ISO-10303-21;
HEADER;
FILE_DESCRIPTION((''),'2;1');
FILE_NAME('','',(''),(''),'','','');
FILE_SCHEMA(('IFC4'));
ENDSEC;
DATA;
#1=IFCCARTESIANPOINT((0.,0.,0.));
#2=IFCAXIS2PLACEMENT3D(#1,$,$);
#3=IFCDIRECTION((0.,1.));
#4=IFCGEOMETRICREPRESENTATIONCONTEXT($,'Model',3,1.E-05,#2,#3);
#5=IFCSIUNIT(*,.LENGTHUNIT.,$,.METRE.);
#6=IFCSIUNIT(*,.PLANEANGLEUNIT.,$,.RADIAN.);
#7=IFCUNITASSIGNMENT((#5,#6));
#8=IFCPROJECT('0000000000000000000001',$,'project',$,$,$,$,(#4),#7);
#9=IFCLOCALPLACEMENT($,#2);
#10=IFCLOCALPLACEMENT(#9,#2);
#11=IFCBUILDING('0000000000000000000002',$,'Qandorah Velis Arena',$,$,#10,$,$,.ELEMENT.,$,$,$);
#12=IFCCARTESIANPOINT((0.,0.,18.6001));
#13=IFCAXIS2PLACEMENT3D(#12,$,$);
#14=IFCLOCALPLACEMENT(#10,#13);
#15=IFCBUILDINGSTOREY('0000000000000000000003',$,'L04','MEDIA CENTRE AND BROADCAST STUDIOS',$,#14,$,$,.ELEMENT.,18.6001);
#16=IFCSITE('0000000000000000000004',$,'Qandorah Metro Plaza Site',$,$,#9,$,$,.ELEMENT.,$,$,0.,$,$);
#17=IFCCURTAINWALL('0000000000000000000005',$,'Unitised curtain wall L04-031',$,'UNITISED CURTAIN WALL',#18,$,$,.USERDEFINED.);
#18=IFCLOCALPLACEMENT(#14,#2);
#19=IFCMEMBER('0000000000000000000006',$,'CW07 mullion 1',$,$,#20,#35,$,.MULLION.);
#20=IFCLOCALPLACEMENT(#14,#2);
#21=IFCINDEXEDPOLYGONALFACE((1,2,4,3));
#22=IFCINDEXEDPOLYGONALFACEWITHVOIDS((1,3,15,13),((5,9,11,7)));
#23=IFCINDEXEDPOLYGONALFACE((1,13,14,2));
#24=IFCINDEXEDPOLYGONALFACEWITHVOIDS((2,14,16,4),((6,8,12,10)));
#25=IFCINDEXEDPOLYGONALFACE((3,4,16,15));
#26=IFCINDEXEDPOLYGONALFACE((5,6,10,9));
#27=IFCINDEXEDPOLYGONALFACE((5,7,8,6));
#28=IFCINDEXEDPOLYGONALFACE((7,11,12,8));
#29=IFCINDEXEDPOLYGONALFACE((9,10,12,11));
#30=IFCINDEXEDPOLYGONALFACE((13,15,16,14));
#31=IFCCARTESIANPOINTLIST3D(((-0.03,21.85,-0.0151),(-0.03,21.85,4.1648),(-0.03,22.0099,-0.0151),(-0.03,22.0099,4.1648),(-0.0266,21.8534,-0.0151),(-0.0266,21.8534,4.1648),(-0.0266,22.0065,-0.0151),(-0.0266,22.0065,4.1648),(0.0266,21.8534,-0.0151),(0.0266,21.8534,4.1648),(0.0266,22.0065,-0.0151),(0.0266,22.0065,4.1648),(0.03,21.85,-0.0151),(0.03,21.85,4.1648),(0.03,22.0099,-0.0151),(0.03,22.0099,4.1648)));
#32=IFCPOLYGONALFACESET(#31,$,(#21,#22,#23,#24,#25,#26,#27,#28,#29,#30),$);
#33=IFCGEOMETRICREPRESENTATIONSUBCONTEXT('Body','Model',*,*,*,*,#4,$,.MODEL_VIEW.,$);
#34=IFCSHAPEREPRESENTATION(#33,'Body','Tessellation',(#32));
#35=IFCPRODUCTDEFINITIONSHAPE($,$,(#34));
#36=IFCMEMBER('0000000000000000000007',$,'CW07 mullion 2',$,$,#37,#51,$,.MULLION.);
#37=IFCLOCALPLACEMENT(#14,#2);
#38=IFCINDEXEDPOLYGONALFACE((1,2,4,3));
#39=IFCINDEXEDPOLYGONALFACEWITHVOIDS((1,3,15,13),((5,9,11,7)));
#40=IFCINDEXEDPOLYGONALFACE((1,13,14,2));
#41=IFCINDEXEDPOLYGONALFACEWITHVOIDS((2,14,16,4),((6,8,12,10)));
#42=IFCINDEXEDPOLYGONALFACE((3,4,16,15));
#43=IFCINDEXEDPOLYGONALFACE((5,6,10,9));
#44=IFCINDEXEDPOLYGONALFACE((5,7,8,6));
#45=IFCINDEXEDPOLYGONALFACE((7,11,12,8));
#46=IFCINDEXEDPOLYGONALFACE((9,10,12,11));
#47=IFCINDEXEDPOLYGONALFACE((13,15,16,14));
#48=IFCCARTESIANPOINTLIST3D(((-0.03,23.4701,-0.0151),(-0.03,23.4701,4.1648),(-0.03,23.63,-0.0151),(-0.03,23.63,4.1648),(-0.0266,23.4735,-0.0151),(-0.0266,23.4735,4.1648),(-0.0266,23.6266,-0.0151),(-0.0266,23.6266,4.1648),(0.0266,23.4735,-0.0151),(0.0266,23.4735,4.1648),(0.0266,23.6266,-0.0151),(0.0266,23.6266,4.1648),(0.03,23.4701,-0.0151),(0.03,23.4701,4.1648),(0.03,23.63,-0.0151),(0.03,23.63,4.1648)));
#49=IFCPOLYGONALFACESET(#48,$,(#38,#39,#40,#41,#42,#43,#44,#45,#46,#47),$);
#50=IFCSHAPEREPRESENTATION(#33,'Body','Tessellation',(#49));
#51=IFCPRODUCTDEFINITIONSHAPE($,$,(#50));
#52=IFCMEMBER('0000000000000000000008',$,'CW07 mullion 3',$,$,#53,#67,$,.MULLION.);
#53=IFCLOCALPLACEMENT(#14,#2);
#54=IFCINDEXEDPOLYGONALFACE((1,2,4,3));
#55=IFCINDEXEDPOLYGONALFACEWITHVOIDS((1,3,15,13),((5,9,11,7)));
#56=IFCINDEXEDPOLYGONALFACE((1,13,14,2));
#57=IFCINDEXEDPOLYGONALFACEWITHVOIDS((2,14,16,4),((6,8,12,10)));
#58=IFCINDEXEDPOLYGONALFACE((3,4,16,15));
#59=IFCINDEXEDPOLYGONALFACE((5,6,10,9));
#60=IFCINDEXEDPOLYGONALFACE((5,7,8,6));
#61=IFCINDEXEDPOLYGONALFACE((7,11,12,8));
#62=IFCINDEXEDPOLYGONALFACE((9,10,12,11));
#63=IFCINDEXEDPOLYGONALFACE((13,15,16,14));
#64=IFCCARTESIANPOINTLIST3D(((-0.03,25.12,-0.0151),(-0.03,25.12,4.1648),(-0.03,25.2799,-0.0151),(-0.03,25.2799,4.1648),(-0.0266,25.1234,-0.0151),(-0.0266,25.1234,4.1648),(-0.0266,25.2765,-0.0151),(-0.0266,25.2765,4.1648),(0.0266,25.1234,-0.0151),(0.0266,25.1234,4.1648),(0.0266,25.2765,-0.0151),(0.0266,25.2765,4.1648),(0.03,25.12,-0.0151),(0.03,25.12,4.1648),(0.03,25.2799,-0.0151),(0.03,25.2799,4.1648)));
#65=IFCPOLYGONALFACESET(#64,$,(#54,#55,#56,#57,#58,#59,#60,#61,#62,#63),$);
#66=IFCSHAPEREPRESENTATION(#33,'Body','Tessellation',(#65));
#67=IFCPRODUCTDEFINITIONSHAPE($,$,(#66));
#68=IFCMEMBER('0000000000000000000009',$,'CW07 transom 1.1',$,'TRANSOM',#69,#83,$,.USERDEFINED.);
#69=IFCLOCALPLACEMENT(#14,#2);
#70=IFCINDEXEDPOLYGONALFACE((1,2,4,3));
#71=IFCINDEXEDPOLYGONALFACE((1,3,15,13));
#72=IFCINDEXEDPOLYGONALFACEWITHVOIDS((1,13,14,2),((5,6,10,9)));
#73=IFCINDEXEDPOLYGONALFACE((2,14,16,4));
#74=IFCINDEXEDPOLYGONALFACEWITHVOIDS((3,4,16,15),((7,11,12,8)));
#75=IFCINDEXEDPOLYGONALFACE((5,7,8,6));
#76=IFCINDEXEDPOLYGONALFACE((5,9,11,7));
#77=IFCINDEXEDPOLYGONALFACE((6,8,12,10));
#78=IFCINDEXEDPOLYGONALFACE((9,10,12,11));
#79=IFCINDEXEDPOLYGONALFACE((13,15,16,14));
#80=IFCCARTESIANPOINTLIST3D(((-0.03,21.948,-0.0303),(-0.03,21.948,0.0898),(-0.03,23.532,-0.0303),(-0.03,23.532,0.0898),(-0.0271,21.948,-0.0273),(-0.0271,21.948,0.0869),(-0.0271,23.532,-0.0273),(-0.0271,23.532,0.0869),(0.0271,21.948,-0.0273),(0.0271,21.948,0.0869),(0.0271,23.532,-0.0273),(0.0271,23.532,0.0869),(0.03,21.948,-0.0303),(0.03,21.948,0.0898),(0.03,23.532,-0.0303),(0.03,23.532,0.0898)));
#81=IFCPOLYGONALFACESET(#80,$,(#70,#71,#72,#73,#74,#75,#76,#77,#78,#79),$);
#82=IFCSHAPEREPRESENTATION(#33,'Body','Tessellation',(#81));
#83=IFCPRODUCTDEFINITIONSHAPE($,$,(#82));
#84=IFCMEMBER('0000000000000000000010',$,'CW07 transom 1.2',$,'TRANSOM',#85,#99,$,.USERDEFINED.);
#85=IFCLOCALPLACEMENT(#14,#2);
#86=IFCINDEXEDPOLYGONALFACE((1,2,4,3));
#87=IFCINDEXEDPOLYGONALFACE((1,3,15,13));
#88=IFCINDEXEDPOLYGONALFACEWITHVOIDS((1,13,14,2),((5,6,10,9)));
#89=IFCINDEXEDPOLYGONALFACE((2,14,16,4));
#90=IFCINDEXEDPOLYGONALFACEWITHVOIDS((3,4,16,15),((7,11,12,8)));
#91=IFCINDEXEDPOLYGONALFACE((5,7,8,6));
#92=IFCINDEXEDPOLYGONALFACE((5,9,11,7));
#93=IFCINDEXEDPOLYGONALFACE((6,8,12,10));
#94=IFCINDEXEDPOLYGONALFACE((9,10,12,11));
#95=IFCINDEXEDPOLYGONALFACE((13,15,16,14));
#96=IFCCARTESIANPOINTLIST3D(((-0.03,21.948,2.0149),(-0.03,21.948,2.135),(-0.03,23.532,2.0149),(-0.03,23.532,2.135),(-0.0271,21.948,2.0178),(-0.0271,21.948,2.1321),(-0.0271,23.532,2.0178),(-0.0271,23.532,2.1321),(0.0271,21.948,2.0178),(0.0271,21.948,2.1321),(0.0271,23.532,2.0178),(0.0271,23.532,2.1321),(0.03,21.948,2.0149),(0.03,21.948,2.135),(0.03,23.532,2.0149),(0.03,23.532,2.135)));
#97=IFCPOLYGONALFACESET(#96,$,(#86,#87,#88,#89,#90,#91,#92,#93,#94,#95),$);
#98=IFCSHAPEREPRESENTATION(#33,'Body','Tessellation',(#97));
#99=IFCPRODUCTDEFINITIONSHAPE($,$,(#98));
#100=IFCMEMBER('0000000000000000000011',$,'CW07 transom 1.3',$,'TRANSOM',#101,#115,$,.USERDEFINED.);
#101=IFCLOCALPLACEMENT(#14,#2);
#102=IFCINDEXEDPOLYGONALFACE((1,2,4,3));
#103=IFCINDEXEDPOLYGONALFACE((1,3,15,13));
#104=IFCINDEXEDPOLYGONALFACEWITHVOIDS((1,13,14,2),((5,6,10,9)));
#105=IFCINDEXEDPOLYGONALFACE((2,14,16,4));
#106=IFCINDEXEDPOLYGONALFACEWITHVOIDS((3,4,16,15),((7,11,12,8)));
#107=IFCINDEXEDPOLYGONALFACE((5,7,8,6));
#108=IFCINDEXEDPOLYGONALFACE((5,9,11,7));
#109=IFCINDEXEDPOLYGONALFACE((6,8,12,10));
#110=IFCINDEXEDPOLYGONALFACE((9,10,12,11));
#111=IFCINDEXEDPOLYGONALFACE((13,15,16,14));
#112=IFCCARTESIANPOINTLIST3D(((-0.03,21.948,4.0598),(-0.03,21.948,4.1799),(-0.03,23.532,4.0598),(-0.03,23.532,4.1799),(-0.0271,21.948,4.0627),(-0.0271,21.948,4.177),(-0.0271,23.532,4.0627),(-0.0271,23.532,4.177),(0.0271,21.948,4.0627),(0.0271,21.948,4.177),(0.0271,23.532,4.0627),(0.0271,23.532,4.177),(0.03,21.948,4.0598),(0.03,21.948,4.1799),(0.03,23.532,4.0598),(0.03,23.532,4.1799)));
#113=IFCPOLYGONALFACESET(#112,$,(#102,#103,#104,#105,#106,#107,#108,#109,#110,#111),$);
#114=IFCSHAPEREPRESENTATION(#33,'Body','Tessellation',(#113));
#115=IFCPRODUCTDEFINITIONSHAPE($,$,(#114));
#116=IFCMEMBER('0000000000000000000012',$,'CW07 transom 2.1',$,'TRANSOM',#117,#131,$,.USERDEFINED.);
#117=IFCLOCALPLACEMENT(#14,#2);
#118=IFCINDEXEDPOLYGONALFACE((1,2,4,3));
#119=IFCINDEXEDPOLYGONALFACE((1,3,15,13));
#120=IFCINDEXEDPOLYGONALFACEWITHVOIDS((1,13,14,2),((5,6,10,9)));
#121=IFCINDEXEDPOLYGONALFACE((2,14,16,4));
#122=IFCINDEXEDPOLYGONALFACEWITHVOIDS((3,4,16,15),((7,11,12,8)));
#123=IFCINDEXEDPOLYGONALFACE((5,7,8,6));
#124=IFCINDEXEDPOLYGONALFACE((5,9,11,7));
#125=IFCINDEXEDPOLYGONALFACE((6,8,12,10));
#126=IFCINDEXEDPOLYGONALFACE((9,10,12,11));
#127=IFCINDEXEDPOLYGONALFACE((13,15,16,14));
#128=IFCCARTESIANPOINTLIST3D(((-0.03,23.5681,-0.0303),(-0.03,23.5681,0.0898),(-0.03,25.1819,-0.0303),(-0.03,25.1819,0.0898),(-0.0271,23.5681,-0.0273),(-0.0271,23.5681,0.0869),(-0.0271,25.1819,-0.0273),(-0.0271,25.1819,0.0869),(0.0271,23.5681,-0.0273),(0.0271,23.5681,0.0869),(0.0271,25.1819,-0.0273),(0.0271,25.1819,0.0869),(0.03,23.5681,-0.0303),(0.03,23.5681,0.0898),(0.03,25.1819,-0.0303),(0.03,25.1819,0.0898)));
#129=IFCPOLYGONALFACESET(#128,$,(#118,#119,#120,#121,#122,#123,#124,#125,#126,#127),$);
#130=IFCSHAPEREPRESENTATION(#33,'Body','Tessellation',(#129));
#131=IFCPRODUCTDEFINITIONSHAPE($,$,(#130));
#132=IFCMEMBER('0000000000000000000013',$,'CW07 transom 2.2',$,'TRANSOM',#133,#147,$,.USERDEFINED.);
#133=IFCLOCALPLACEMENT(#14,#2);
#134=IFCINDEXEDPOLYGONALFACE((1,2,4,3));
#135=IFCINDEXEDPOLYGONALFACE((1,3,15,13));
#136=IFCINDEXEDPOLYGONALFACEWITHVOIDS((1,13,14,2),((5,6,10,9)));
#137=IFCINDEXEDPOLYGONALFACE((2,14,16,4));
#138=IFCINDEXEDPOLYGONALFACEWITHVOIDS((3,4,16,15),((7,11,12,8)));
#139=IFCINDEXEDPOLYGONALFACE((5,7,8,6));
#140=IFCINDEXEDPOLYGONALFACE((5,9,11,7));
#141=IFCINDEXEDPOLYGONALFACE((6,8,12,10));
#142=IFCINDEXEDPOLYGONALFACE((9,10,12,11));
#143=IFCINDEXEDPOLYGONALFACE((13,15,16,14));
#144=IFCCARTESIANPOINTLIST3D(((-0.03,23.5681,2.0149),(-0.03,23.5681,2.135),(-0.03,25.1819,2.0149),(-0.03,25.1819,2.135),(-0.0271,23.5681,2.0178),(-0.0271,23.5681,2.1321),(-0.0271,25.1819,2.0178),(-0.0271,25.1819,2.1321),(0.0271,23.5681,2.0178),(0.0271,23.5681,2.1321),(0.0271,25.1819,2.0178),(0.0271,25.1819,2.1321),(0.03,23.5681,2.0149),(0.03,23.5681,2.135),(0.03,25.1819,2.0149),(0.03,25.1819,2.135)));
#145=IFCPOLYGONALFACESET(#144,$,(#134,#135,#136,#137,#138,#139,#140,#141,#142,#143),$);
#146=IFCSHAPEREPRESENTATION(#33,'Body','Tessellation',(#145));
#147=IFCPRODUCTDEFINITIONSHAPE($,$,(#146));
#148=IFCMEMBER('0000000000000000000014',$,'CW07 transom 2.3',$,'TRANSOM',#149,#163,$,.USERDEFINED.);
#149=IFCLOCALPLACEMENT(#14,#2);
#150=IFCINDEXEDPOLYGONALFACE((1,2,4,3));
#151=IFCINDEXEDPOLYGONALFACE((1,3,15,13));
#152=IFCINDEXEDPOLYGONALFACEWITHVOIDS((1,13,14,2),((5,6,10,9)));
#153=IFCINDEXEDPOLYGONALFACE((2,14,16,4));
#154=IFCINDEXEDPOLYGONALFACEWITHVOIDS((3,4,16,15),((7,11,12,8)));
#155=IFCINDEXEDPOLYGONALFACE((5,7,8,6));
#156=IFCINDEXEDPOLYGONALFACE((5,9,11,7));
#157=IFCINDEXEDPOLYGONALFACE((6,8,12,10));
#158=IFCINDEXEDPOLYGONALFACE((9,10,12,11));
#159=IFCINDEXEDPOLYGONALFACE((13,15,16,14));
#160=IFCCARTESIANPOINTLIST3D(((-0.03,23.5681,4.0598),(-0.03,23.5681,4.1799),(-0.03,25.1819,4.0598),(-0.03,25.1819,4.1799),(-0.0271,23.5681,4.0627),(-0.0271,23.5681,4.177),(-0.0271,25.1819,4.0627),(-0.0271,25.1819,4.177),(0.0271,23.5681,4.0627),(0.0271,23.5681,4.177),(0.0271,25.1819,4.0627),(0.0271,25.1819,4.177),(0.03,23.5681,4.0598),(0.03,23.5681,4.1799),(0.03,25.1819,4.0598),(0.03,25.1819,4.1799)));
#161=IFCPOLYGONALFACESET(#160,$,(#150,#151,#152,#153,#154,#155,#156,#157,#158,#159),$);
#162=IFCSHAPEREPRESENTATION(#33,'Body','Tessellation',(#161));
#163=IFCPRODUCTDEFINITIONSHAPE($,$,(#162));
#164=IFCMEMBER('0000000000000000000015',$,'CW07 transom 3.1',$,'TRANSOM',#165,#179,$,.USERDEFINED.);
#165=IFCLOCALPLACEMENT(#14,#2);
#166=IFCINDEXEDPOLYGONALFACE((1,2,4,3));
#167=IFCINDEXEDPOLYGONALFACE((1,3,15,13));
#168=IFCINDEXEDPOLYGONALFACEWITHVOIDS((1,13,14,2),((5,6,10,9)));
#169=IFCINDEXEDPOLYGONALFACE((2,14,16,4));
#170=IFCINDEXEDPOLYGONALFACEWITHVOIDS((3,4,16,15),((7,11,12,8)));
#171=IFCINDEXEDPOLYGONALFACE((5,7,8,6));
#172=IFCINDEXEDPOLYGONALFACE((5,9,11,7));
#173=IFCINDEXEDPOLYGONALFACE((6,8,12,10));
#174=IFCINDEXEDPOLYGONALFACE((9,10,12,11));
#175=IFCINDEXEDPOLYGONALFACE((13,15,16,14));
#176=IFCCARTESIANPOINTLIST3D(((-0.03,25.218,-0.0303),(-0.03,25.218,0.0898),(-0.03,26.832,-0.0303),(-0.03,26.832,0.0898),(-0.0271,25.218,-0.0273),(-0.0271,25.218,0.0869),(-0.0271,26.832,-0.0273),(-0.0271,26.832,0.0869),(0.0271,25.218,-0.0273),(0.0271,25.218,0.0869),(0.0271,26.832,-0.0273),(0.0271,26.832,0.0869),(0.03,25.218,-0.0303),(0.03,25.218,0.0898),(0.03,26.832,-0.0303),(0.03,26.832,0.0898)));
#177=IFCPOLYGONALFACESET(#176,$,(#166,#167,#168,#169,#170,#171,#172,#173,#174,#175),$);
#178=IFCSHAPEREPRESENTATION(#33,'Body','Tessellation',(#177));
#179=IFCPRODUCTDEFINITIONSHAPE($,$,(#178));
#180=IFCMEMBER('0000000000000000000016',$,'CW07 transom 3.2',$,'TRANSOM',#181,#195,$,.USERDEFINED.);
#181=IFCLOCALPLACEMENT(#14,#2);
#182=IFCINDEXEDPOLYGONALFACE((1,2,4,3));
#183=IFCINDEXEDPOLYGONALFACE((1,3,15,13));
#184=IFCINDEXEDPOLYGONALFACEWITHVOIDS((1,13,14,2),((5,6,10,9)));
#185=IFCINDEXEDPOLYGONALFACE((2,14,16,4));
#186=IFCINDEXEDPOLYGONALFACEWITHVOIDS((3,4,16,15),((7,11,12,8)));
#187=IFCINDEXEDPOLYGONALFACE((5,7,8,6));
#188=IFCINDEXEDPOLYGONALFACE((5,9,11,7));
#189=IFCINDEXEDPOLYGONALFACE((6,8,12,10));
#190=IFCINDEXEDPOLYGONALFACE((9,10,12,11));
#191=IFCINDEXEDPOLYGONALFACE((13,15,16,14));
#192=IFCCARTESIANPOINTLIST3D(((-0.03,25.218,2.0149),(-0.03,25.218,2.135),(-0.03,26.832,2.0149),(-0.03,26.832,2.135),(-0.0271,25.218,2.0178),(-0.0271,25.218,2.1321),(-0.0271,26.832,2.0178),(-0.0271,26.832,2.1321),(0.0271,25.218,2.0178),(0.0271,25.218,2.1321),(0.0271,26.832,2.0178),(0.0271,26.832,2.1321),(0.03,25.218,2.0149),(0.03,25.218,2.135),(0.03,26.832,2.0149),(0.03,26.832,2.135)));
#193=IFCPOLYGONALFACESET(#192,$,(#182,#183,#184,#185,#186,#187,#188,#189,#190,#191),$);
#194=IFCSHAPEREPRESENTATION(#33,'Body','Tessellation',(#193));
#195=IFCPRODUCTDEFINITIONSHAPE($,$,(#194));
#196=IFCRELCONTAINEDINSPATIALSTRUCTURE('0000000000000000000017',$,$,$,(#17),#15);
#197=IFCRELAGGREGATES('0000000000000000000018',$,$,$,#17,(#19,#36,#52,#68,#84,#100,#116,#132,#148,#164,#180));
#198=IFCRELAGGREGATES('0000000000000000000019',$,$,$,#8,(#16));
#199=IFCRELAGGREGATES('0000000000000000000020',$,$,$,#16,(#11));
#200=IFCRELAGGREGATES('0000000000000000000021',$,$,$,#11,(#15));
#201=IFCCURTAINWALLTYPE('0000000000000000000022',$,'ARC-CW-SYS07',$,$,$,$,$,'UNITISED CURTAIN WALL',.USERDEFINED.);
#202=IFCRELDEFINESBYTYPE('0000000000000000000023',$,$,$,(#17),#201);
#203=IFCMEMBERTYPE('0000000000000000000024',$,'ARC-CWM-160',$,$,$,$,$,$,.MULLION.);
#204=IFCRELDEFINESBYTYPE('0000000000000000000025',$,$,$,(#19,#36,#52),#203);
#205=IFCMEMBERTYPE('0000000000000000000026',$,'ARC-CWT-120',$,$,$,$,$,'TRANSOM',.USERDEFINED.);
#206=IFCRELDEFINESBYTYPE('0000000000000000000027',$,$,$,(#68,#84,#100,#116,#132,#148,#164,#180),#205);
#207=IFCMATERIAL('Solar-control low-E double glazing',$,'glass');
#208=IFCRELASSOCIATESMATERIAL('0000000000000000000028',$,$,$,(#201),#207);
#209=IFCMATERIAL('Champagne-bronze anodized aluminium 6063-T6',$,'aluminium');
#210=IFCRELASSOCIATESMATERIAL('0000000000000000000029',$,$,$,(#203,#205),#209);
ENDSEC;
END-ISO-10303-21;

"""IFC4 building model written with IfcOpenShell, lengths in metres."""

from ifc_helpers import new_model, si_unit, direction, frame, origin, origin_2d, place, context, subcontext, project, spatial, hollow_rectangle, extrude, material, material_profile, profile_set, type_object, element, aggregate, save


model = new_model("IFC4")

# Units and contexts
model_context = context("Model", 3, precision=1e-05, world=origin(), true_north=direction((0.0, 1.0)))
body_context = subcontext(model_context, "Body", "Model", "MODEL_VIEW")
ifc_project = project(units=[si_unit("LENGTHUNIT", "METRE"), si_unit("PLANEANGLEUNIT", "RADIAN")], contexts=[model_context])

# Site, building, storey
site_placement = place(None, origin())
site = spatial("IfcSite", under=ifc_project, at=site_placement, Name="Qandorah Metro Plaza Site", CompositionType="ELEMENT", RefElevation=0.0)
building_placement = place(site_placement, origin())
building = spatial("IfcBuilding", under=site, at=building_placement, Name="Qandorah Velis Arena", CompositionType="ELEMENT")
storey_placement = place(building_placement, frame((0.0, 0.0, 18.6001)))
storey = spatial("IfcBuildingStorey", under=building, at=storey_placement, Name="L04", Description="MEDIA CENTRE AND BROADCAST STUDIOS", CompositionType="ELEMENT", Elevation=18.6001)

# Curtain wall, members
ifc_material_1 = material(Name="Solar-control low-E double glazing", Category="glass")
curtain_wall_type = type_object("IfcCurtainWallType", Name="ARC-CW-SYS07", ElementType="UNITISED CURTAIN WALL", PredefinedType="USERDEFINED", material=ifc_material_1)
curtain_wall_placement = place(storey_placement, origin())
curtain_wall = element("IfcCurtainWall", 1, at=curtain_wall_placement, inside=storey, type_object=curtain_wall_type, Name="Unitised curtain wall L04-031", ObjectType="UNITISED CURTAIN WALL", PredefinedType="USERDEFINED")
ifc_material_2 = material(Name="Champagne-bronze anodized aluminium 6063-T6", Category="aluminium")
ifc_material_profile_1 = material_profile(ifc_material_2, hollow_rectangle(XDim=0.0601, YDim=0.1599, WallThickness=0.0034, at=origin_2d()), Name="ALU MULLION 60x160")
ifc_profile_set_1 = profile_set([ifc_material_profile_1], Name="Champagne-bronze anodized aluminium 6063-T6")
member_type_1 = type_object("IfcMemberType", Name="ARC-CWM-160", PredefinedType="MULLION", material=ifc_profile_set_1)
member_1_placement = place(storey_placement, frame((0.0, 21.9299, -0.0151), z_axis=(0.0, 0.0, 1.0), x_axis=(-1.0, 0.0, 0.0)))
member_1 = element("IfcMember", 2, at=member_1_placement, type_object=member_type_1, Name="CW07 mullion 1", PredefinedType="MULLION", context=body_context, shape_type="SweptSolid", body=[
    extrude(hollow_rectangle(XDim=0.0601, YDim=0.1599, WallThickness=0.0034, at=origin_2d()), origin(), (0.0, 0.0, 1.0), 4.1799),
])
member_2_placement = place(storey_placement, frame((0.0, 23.55, -0.0151), z_axis=(0.0, 0.0, 1.0), x_axis=(-1.0, 0.0, 0.0)))
member_2 = element("IfcMember", 3, at=member_2_placement, type_object=member_type_1, Name="CW07 mullion 2", PredefinedType="MULLION", context=body_context, shape_type="SweptSolid", body=[
    extrude(hollow_rectangle(XDim=0.0601, YDim=0.1599, WallThickness=0.0034, at=origin_2d()), origin(), (0.0, 0.0, 1.0), 4.1799),
])
member_3_placement = place(storey_placement, frame((0.0, 25.2, -0.0151), z_axis=(0.0, 0.0, 1.0), x_axis=(-1.0, 0.0, 0.0)))
member_3 = element("IfcMember", 4, at=member_3_placement, type_object=member_type_1, Name="CW07 mullion 3", PredefinedType="MULLION", context=body_context, shape_type="SweptSolid", body=[
    extrude(hollow_rectangle(XDim=0.0601, YDim=0.1599, WallThickness=0.0034, at=origin_2d()), origin(), (0.0, 0.0, 1.0), 4.1799),
])
ifc_material_profile_2 = material_profile(ifc_material_2, hollow_rectangle(XDim=0.0601, YDim=0.1201, WallThickness=0.0029, at=origin_2d()), Name="ALU TRANSOM 60x120")
ifc_profile_set_2 = profile_set([ifc_material_profile_2], Name="Champagne-bronze anodized aluminium 6063-T6")
member_type_2 = type_object("IfcMemberType", Name="ARC-CWT-120", ElementType="TRANSOM", PredefinedType="USERDEFINED", material=ifc_profile_set_2)
member_4_placement = place(storey_placement, frame((0.0, 21.948, 0.0298), z_axis=(0.0, 1.0, 0.0), x_axis=(-1.0, 0.0, 0.0)))
member_4 = element("IfcMember", 5, at=member_4_placement, type_object=member_type_2, Name="CW07 transom 1.1", ObjectType="TRANSOM", PredefinedType="USERDEFINED", context=body_context, shape_type="SweptSolid", body=[
    extrude(hollow_rectangle(XDim=0.0601, YDim=0.1201, WallThickness=0.0029, at=origin_2d()), origin(), (0.0, 0.0, 1.0), 1.584),
])
member_5_placement = place(storey_placement, frame((0.0, 21.948, 2.075), z_axis=(0.0, 1.0, 0.0), x_axis=(-1.0, 0.0, 0.0)))
member_5 = element("IfcMember", 6, at=member_5_placement, type_object=member_type_2, Name="CW07 transom 1.2", ObjectType="TRANSOM", PredefinedType="USERDEFINED", context=body_context, shape_type="SweptSolid", body=[
    extrude(hollow_rectangle(XDim=0.0601, YDim=0.1201, WallThickness=0.0029, at=origin_2d()), origin(), (0.0, 0.0, 1.0), 1.584),
])
member_6_placement = place(storey_placement, frame((0.0, 21.948, 4.1199), z_axis=(0.0, 1.0, 0.0), x_axis=(-1.0, 0.0, 0.0)))
member_6 = element("IfcMember", 7, at=member_6_placement, type_object=member_type_2, Name="CW07 transom 1.3", ObjectType="TRANSOM", PredefinedType="USERDEFINED", context=body_context, shape_type="SweptSolid", body=[
    extrude(hollow_rectangle(XDim=0.0601, YDim=0.1201, WallThickness=0.0029, at=origin_2d()), origin(), (0.0, 0.0, 1.0), 1.584),
])
member_7_placement = place(storey_placement, frame((0.0, 23.5681, 0.0298), z_axis=(0.0, 1.0, 0.0), x_axis=(-1.0, 0.0, 0.0)))
member_7 = element("IfcMember", 8, at=member_7_placement, type_object=member_type_2, Name="CW07 transom 2.1", ObjectType="TRANSOM", PredefinedType="USERDEFINED", context=body_context, shape_type="SweptSolid", body=[
    extrude(hollow_rectangle(XDim=0.0601, YDim=0.1201, WallThickness=0.0029, at=origin_2d()), origin(), (0.0, 0.0, 1.0), 1.6138),
])
member_8_placement = place(storey_placement, frame((0.0, 23.5681, 2.075), z_axis=(0.0, 1.0, 0.0), x_axis=(-1.0, 0.0, 0.0)))
member_8 = element("IfcMember", 9, at=member_8_placement, type_object=member_type_2, Name="CW07 transom 2.2", ObjectType="TRANSOM", PredefinedType="USERDEFINED", context=body_context, shape_type="SweptSolid", body=[
    extrude(hollow_rectangle(XDim=0.0601, YDim=0.1201, WallThickness=0.0029, at=origin_2d()), origin(), (0.0, 0.0, 1.0), 1.6138),
])
member_9_placement = place(storey_placement, frame((0.0, 23.5681, 4.1199), z_axis=(0.0, 1.0, 0.0), x_axis=(-1.0, 0.0, 0.0)))
member_9 = element("IfcMember", 10, at=member_9_placement, type_object=member_type_2, Name="CW07 transom 2.3", ObjectType="TRANSOM", PredefinedType="USERDEFINED", context=body_context, shape_type="SweptSolid", body=[
    extrude(hollow_rectangle(XDim=0.0601, YDim=0.1201, WallThickness=0.0029, at=origin_2d()), origin(), (0.0, 0.0, 1.0), 1.6138),
])
member_10_placement = place(storey_placement, frame((0.0, 25.218, 0.0298), z_axis=(0.0, 1.0, 0.0), x_axis=(-1.0, 0.0, 0.0)))
member_10 = element("IfcMember", 11, at=member_10_placement, type_object=member_type_2, Name="CW07 transom 3.1", ObjectType="TRANSOM", PredefinedType="USERDEFINED", context=body_context, shape_type="SweptSolid", body=[
    extrude(hollow_rectangle(XDim=0.0601, YDim=0.1201, WallThickness=0.0029, at=origin_2d()), origin(), (0.0, 0.0, 1.0), 1.614),
])
member_11_placement = place(storey_placement, frame((0.0, 25.218, 2.075), z_axis=(0.0, 1.0, 0.0), x_axis=(-1.0, 0.0, 0.0)))
member_11 = element("IfcMember", 12, at=member_11_placement, type_object=member_type_2, Name="CW07 transom 3.2", ObjectType="TRANSOM", PredefinedType="USERDEFINED", context=body_context, shape_type="SweptSolid", body=[
    extrude(hollow_rectangle(XDim=0.0601, YDim=0.1201, WallThickness=0.0029, at=origin_2d()), origin(), (0.0, 0.0, 1.0), 1.614),
])

aggregate(curtain_wall, [member_1, member_2, member_3, member_4, member_5, member_6, member_7, member_8, member_9, member_10, member_11])

save(model, "model.ifc")
